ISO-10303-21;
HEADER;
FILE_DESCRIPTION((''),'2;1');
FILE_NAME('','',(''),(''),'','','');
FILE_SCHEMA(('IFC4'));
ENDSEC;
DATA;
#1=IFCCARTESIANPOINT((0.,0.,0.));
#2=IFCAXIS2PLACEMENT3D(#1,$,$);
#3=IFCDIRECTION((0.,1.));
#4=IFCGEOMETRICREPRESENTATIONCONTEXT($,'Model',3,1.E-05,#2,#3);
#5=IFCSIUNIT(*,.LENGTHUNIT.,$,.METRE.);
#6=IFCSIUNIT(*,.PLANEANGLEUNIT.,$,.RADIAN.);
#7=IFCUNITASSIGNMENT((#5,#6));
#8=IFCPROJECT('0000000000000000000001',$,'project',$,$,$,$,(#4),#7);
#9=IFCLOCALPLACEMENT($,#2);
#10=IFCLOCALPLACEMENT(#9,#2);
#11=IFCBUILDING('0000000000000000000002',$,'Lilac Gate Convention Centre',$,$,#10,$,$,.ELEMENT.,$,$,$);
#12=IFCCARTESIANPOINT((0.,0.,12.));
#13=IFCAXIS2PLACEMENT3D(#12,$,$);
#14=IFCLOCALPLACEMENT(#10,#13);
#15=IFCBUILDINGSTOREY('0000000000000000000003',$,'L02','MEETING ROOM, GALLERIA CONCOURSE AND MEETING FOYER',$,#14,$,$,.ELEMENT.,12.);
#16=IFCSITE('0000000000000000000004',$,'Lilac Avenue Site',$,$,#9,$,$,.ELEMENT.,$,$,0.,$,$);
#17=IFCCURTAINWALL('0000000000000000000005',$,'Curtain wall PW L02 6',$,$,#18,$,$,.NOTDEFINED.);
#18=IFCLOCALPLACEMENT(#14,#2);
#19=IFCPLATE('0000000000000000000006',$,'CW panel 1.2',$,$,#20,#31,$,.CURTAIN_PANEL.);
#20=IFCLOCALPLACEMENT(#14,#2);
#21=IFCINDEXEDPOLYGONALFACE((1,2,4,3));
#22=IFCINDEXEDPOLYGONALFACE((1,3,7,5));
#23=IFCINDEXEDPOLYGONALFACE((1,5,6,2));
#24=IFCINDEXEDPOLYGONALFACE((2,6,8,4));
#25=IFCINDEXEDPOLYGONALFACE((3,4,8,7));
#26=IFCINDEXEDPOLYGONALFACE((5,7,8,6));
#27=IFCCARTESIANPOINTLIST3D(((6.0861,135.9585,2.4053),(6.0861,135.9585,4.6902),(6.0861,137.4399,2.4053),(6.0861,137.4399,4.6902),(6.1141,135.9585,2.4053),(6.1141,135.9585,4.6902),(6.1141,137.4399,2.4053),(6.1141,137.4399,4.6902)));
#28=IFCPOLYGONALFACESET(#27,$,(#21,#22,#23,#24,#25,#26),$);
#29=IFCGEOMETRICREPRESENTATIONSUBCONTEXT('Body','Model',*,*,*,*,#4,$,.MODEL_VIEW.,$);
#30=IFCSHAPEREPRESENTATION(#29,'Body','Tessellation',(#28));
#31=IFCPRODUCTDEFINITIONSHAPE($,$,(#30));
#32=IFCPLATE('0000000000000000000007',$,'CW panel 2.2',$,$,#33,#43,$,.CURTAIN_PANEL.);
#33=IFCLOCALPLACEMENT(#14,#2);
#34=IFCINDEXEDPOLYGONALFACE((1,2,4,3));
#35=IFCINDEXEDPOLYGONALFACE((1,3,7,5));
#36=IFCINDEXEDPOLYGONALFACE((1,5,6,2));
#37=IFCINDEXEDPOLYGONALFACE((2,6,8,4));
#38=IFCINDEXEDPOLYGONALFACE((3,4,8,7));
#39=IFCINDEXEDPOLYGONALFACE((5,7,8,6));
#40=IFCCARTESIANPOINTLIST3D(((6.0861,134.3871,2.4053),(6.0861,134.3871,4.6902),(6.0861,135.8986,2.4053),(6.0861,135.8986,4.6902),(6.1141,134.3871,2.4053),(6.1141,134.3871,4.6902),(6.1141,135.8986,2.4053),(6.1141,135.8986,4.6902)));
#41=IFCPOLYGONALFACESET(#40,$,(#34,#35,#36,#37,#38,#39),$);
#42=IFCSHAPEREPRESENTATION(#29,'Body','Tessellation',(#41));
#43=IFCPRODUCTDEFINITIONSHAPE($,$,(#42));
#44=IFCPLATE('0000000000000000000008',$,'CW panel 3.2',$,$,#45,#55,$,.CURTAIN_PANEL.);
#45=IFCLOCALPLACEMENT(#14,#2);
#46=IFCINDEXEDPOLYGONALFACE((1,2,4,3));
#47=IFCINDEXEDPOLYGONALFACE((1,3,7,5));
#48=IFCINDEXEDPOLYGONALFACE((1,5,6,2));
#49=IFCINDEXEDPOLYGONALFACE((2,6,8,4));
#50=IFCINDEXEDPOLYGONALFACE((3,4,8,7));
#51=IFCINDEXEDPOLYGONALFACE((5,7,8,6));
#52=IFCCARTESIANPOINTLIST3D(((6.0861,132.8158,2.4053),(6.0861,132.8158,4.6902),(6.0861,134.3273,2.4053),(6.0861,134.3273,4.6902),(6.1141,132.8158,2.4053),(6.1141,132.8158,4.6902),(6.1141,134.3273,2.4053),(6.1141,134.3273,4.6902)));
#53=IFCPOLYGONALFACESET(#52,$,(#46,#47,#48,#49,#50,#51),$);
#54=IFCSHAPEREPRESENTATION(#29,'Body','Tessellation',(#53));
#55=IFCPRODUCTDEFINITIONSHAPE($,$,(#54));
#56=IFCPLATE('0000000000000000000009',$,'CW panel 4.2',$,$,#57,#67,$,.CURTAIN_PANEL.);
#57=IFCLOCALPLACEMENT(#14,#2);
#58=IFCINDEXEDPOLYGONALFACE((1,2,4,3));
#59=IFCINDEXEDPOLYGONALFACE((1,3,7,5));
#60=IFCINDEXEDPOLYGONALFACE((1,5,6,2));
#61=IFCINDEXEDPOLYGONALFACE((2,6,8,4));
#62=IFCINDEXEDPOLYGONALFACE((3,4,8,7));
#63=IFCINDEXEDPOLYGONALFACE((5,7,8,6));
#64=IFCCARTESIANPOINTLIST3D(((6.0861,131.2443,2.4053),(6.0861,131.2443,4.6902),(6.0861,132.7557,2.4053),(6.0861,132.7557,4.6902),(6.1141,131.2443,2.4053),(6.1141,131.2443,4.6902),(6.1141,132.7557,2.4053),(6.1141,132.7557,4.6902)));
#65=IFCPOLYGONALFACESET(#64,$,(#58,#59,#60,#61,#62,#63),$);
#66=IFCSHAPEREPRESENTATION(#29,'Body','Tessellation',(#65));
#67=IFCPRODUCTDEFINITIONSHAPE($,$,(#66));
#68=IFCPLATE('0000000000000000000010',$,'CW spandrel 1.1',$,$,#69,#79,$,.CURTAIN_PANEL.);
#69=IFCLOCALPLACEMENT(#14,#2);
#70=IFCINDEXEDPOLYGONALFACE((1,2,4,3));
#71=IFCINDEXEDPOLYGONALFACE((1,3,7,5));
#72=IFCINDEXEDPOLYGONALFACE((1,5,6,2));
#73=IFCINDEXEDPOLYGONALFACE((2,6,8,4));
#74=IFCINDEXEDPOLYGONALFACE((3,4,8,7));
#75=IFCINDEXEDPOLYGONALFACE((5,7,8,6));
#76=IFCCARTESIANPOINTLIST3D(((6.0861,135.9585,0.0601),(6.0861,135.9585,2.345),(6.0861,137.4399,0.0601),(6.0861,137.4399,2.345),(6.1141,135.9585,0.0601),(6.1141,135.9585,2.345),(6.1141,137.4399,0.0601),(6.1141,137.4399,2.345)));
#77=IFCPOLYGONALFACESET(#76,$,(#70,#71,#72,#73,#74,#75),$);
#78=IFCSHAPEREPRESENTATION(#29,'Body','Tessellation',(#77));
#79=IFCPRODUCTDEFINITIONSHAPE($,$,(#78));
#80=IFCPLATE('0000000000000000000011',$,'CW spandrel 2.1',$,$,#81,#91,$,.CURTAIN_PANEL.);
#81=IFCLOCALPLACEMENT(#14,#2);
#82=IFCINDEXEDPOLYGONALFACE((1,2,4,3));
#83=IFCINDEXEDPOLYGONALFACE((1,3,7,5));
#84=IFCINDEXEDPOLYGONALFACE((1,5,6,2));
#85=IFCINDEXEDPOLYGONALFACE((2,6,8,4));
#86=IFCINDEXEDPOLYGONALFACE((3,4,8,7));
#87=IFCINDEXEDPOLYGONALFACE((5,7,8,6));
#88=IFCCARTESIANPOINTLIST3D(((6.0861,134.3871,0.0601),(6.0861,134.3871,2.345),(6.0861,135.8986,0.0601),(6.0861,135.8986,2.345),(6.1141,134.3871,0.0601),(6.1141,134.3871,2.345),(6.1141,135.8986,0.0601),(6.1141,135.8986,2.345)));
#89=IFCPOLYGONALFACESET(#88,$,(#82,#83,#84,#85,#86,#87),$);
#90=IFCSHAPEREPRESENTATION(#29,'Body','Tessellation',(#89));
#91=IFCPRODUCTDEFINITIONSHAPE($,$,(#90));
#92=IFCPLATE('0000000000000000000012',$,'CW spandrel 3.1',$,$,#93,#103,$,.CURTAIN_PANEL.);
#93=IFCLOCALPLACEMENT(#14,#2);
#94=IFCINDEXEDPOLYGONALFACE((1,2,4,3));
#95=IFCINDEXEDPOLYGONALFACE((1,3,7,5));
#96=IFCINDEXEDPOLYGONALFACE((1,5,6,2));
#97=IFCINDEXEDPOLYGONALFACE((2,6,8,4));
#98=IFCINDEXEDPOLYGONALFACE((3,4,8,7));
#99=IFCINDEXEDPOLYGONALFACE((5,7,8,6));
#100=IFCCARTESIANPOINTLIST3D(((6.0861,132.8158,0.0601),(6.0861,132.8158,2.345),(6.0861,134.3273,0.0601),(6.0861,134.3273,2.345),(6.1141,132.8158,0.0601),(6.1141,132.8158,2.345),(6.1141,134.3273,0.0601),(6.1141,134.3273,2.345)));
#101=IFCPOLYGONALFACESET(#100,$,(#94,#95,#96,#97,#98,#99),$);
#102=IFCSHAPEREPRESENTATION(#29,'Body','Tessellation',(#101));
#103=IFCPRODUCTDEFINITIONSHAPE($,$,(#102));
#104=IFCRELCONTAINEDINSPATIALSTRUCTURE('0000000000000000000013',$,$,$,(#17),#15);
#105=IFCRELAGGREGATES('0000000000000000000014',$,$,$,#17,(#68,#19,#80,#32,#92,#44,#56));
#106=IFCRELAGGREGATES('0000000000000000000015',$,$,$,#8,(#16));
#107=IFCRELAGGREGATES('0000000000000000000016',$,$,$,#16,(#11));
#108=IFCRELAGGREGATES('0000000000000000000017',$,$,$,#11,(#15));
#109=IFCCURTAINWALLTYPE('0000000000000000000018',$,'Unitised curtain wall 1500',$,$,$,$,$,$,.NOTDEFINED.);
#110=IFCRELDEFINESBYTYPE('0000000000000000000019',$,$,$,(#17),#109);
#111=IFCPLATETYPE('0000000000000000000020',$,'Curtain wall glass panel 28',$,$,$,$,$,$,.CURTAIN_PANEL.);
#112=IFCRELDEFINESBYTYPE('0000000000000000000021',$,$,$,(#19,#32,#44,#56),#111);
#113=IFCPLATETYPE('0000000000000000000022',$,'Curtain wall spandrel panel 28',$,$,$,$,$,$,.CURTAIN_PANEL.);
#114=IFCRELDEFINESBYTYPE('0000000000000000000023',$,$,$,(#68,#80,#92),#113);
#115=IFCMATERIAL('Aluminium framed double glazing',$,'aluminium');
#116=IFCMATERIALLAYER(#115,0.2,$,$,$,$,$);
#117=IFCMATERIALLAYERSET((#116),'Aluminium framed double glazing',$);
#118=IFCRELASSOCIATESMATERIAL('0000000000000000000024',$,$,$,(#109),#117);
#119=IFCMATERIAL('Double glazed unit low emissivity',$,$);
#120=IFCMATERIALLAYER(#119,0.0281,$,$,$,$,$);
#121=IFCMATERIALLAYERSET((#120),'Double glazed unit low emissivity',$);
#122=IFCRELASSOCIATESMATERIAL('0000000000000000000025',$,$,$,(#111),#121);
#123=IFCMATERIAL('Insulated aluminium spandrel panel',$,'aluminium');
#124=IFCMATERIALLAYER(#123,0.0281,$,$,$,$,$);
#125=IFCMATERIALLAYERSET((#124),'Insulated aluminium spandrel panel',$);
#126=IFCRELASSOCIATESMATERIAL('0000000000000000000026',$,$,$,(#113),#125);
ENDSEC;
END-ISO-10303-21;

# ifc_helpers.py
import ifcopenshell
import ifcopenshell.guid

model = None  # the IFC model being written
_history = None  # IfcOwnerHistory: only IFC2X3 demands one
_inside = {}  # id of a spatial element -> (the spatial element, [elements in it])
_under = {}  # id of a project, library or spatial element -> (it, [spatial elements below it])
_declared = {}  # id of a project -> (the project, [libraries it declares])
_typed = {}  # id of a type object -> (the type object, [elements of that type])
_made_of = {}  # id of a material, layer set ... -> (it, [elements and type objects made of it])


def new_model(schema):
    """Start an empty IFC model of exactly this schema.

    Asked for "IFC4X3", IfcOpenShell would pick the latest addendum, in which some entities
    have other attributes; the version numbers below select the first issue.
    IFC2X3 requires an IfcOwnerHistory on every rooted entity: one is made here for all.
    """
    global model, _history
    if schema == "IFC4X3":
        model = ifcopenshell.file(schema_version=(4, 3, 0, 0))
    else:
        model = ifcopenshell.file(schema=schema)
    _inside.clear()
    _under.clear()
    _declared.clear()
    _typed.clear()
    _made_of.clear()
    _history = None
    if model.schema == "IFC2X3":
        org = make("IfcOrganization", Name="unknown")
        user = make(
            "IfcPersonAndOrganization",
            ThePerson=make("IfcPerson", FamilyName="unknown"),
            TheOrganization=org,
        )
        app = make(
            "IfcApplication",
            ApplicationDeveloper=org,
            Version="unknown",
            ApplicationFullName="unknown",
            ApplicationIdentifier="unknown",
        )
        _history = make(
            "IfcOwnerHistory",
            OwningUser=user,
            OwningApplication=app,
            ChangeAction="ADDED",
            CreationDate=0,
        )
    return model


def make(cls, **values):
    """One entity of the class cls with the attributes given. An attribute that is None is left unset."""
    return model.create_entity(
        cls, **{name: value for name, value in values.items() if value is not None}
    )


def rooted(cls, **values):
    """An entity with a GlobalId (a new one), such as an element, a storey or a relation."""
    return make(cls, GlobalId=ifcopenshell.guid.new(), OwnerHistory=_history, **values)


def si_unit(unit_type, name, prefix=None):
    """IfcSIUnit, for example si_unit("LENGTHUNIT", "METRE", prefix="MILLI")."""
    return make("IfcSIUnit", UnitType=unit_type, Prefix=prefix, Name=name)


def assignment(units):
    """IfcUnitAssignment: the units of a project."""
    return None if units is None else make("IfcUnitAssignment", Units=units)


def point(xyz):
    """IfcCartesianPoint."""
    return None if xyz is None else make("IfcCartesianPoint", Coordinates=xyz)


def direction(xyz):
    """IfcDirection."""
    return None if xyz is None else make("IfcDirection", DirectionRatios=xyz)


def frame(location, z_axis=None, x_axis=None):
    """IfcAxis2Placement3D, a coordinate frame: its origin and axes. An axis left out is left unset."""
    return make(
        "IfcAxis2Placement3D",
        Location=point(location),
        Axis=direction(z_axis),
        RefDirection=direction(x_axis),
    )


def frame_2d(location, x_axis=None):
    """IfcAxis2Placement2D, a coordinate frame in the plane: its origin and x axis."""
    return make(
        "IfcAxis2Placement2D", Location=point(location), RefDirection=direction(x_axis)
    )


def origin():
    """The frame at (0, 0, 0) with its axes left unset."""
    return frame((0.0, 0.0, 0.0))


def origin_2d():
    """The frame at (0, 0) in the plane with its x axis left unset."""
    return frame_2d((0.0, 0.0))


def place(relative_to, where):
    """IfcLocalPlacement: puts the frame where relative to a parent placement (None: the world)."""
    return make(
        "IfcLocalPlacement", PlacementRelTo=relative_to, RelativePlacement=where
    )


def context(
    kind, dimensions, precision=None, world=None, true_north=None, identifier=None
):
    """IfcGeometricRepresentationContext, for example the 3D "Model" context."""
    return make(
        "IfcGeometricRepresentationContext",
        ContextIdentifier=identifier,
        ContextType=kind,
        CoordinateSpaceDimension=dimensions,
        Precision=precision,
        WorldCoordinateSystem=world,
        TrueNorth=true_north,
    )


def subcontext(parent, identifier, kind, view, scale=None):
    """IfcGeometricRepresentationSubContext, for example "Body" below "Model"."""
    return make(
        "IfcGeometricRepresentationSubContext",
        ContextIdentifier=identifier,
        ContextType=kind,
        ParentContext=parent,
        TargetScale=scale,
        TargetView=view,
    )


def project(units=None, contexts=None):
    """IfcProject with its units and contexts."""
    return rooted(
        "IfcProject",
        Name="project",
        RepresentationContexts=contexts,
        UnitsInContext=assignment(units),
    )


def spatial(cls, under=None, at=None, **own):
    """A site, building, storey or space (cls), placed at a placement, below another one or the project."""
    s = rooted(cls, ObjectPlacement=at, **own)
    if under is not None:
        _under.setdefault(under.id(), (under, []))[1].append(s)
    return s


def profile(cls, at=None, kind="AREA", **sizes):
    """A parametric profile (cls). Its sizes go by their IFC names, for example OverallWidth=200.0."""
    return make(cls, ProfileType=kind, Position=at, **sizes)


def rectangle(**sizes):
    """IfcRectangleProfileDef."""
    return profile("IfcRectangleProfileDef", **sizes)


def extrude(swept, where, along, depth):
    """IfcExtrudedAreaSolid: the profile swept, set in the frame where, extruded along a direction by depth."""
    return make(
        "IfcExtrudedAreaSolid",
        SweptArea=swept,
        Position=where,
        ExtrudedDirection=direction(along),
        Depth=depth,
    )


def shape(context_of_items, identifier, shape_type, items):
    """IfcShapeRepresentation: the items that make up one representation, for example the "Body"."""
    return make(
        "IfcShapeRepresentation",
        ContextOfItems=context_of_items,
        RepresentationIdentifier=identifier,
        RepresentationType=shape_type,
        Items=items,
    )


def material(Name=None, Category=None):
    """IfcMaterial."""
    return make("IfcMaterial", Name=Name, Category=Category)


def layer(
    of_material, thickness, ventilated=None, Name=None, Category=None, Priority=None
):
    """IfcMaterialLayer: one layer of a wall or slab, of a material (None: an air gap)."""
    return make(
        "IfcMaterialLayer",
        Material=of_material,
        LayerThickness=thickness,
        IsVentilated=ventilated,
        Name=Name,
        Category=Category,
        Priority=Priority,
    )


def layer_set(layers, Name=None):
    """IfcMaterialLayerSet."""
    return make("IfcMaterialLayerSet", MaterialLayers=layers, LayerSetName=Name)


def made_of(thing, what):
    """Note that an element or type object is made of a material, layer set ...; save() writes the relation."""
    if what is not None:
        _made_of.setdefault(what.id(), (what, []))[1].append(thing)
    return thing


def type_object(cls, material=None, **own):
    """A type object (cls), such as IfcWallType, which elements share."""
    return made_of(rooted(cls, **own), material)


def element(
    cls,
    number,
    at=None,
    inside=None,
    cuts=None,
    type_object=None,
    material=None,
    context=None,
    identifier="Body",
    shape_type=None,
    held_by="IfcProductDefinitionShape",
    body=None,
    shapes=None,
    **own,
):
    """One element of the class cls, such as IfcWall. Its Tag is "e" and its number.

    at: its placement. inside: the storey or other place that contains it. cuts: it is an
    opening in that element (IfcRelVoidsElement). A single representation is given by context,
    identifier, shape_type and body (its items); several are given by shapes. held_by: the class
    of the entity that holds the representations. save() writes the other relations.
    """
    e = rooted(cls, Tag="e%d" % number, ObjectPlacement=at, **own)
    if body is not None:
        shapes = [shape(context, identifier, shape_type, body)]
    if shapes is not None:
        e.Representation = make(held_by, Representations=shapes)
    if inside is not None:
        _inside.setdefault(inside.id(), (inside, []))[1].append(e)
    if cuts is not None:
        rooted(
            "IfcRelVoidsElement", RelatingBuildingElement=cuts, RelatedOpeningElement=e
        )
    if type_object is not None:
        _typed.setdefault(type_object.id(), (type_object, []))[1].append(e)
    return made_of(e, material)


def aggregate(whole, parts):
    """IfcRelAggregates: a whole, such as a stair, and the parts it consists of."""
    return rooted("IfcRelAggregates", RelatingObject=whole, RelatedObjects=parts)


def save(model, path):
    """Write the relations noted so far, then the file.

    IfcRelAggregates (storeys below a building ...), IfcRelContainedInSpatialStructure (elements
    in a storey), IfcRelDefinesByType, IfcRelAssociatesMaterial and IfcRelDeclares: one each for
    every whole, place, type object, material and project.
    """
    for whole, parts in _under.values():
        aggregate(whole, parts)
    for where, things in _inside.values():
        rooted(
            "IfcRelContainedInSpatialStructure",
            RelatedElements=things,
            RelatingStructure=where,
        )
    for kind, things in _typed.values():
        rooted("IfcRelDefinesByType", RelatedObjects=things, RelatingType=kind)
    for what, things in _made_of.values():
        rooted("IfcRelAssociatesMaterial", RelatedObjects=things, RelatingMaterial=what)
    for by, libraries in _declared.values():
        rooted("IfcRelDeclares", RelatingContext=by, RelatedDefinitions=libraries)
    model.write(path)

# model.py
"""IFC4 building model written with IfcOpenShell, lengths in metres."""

from ifc_helpers import new_model, si_unit, direction, frame, origin, origin_2d, place, context, subcontext, project, spatial, rectangle, extrude, material, layer, layer_set, type_object, element, aggregate, save


model = new_model("IFC4")

# Units and contexts
model_context = context("Model", 3, precision=1e-05, world=origin(), true_north=direction((0.0, 1.0)))
body_context = subcontext(model_context, "Body", "Model", "MODEL_VIEW")
ifc_project = project(units=[si_unit("LENGTHUNIT", "METRE"), si_unit("PLANEANGLEUNIT", "RADIAN")], contexts=[model_context])

# Site, building, storey
site_placement = place(None, origin())
site = spatial("IfcSite", under=ifc_project, at=site_placement, Name="Lilac Avenue Site", CompositionType="ELEMENT", RefElevation=0.0)
building_placement = place(site_placement, origin())
building = spatial("IfcBuilding", under=site, at=building_placement, Name="Lilac Gate Convention Centre", CompositionType="ELEMENT")
storey_placement = place(building_placement, frame((0.0, 0.0, 12.0)))
storey = spatial("IfcBuildingStorey", under=building, at=storey_placement, Name="L02", Description="MEETING ROOM, GALLERIA CONCOURSE AND MEETING FOYER", CompositionType="ELEMENT", Elevation=12.0)

# Curtain wall
ifc_material_1 = material(Name="Aluminium framed double glazing", Category="aluminium")
ifc_layer_1 = layer(ifc_material_1, 0.2)
ifc_layer_set_1 = layer_set([ifc_layer_1], Name="Aluminium framed double glazing")
curtain_wall_type = type_object("IfcCurtainWallType", Name="Unitised curtain wall 1500", PredefinedType="NOTDEFINED", material=ifc_layer_set_1)
curtain_wall_placement = place(storey_placement, origin())
curtain_wall = element("IfcCurtainWall", 1, at=curtain_wall_placement, inside=storey, type_object=curtain_wall_type, Name="Curtain wall PW L02 6", PredefinedType="NOTDEFINED")

# Plates
ifc_material_2 = material(Name="Double glazed unit low emissivity")
ifc_layer_2 = layer(ifc_material_2, 0.0281)
ifc_layer_set_2 = layer_set([ifc_layer_2], Name="Double glazed unit low emissivity")
plate_type_1 = type_object("IfcPlateType", Name="Curtain wall glass panel 28", PredefinedType="CURTAIN_PANEL", material=ifc_layer_set_2)
plate_1_placement = place(storey_placement, frame((6.1001, 136.6992, 2.4053), z_axis=(0.0, 0.0, 1.0), x_axis=(0.0, -1.0, 0.0)))
plate_1 = element("IfcPlate", 2, at=plate_1_placement, type_object=plate_type_1, Name="CW panel 1.2", PredefinedType="CURTAIN_PANEL", context=body_context, shape_type="SweptSolid", body=[
    extrude(rectangle(XDim=1.4814, YDim=0.0281, at=origin_2d()), origin(), (0.0, 0.0, 1.0), 2.2849),
])
plate_2_placement = place(storey_placement, frame((6.1001, 135.1428, 2.4053), z_axis=(0.0, 0.0, 1.0), x_axis=(0.0, -1.0, 0.0)))
plate_2 = element("IfcPlate", 3, at=plate_2_placement, type_object=plate_type_1, Name="CW panel 2.2", PredefinedType="CURTAIN_PANEL", context=body_context, shape_type="SweptSolid", body=[
    extrude(rectangle(XDim=1.5115, YDim=0.0281, at=origin_2d()), origin(), (0.0, 0.0, 1.0), 2.2849),
])
plate_3_placement = place(storey_placement, frame((6.1001, 133.5715, 2.4053), z_axis=(0.0, 0.0, 1.0), x_axis=(0.0, -1.0, 0.0)))
plate_3 = element("IfcPlate", 4, at=plate_3_placement, type_object=plate_type_1, Name="CW panel 3.2", PredefinedType="CURTAIN_PANEL", context=body_context, shape_type="SweptSolid", body=[
    extrude(rectangle(XDim=1.5115, YDim=0.0281, at=origin_2d()), origin(), (0.0, 0.0, 1.0), 2.2849),
])
plate_4_placement = place(storey_placement, frame((6.1001, 132.0, 2.4053), z_axis=(0.0, 0.0, 1.0), x_axis=(0.0, -1.0, 0.0)))
plate_4 = element("IfcPlate", 5, at=plate_4_placement, type_object=plate_type_1, Name="CW panel 4.2", PredefinedType="CURTAIN_PANEL", context=body_context, shape_type="SweptSolid", body=[
    extrude(rectangle(XDim=1.5115, YDim=0.0281, at=origin_2d()), origin(), (0.0, 0.0, 1.0), 2.2849),
])
ifc_material_3 = material(Name="Insulated aluminium spandrel panel", Category="aluminium")
ifc_layer_3 = layer(ifc_material_3, 0.0281)
ifc_layer_set_3 = layer_set([ifc_layer_3], Name="Insulated aluminium spandrel panel")
plate_type_2 = type_object("IfcPlateType", Name="Curtain wall spandrel panel 28", PredefinedType="CURTAIN_PANEL", material=ifc_layer_set_3)
plate_5_placement = place(storey_placement, frame((6.1001, 136.6992, 0.0601), z_axis=(0.0, 0.0, 1.0), x_axis=(0.0, -1.0, 0.0)))
plate_5 = element("IfcPlate", 6, at=plate_5_placement, type_object=plate_type_2, Name="CW spandrel 1.1", PredefinedType="CURTAIN_PANEL", context=body_context, shape_type="SweptSolid", body=[
    extrude(rectangle(XDim=1.4814, YDim=0.0281, at=origin_2d()), origin(), (0.0, 0.0, 1.0), 2.2849),
])
plate_6_placement = place(storey_placement, frame((6.1001, 135.1428, 0.0601), z_axis=(0.0, 0.0, 1.0), x_axis=(0.0, -1.0, 0.0)))
plate_6 = element("IfcPlate", 7, at=plate_6_placement, type_object=plate_type_2, Name="CW spandrel 2.1", PredefinedType="CURTAIN_PANEL", context=body_context, shape_type="SweptSolid", body=[
    extrude(rectangle(XDim=1.5115, YDim=0.0281, at=origin_2d()), origin(), (0.0, 0.0, 1.0), 2.2849),
])
plate_7_placement = place(storey_placement, frame((6.1001, 133.5715, 0.0601), z_axis=(0.0, 0.0, 1.0), x_axis=(0.0, -1.0, 0.0)))
plate_7 = element("IfcPlate", 8, at=plate_7_placement, type_object=plate_type_2, Name="CW spandrel 3.1", PredefinedType="CURTAIN_PANEL", context=body_context, shape_type="SweptSolid", body=[
    extrude(rectangle(XDim=1.5115, YDim=0.0281, at=origin_2d()), origin(), (0.0, 0.0, 1.0), 2.2849),
])
aggregate(curtain_wall, [plate_5, plate_1, plate_6, plate_2, plate_7, plate_3, plate_4])

save(model, "model.ifc")
